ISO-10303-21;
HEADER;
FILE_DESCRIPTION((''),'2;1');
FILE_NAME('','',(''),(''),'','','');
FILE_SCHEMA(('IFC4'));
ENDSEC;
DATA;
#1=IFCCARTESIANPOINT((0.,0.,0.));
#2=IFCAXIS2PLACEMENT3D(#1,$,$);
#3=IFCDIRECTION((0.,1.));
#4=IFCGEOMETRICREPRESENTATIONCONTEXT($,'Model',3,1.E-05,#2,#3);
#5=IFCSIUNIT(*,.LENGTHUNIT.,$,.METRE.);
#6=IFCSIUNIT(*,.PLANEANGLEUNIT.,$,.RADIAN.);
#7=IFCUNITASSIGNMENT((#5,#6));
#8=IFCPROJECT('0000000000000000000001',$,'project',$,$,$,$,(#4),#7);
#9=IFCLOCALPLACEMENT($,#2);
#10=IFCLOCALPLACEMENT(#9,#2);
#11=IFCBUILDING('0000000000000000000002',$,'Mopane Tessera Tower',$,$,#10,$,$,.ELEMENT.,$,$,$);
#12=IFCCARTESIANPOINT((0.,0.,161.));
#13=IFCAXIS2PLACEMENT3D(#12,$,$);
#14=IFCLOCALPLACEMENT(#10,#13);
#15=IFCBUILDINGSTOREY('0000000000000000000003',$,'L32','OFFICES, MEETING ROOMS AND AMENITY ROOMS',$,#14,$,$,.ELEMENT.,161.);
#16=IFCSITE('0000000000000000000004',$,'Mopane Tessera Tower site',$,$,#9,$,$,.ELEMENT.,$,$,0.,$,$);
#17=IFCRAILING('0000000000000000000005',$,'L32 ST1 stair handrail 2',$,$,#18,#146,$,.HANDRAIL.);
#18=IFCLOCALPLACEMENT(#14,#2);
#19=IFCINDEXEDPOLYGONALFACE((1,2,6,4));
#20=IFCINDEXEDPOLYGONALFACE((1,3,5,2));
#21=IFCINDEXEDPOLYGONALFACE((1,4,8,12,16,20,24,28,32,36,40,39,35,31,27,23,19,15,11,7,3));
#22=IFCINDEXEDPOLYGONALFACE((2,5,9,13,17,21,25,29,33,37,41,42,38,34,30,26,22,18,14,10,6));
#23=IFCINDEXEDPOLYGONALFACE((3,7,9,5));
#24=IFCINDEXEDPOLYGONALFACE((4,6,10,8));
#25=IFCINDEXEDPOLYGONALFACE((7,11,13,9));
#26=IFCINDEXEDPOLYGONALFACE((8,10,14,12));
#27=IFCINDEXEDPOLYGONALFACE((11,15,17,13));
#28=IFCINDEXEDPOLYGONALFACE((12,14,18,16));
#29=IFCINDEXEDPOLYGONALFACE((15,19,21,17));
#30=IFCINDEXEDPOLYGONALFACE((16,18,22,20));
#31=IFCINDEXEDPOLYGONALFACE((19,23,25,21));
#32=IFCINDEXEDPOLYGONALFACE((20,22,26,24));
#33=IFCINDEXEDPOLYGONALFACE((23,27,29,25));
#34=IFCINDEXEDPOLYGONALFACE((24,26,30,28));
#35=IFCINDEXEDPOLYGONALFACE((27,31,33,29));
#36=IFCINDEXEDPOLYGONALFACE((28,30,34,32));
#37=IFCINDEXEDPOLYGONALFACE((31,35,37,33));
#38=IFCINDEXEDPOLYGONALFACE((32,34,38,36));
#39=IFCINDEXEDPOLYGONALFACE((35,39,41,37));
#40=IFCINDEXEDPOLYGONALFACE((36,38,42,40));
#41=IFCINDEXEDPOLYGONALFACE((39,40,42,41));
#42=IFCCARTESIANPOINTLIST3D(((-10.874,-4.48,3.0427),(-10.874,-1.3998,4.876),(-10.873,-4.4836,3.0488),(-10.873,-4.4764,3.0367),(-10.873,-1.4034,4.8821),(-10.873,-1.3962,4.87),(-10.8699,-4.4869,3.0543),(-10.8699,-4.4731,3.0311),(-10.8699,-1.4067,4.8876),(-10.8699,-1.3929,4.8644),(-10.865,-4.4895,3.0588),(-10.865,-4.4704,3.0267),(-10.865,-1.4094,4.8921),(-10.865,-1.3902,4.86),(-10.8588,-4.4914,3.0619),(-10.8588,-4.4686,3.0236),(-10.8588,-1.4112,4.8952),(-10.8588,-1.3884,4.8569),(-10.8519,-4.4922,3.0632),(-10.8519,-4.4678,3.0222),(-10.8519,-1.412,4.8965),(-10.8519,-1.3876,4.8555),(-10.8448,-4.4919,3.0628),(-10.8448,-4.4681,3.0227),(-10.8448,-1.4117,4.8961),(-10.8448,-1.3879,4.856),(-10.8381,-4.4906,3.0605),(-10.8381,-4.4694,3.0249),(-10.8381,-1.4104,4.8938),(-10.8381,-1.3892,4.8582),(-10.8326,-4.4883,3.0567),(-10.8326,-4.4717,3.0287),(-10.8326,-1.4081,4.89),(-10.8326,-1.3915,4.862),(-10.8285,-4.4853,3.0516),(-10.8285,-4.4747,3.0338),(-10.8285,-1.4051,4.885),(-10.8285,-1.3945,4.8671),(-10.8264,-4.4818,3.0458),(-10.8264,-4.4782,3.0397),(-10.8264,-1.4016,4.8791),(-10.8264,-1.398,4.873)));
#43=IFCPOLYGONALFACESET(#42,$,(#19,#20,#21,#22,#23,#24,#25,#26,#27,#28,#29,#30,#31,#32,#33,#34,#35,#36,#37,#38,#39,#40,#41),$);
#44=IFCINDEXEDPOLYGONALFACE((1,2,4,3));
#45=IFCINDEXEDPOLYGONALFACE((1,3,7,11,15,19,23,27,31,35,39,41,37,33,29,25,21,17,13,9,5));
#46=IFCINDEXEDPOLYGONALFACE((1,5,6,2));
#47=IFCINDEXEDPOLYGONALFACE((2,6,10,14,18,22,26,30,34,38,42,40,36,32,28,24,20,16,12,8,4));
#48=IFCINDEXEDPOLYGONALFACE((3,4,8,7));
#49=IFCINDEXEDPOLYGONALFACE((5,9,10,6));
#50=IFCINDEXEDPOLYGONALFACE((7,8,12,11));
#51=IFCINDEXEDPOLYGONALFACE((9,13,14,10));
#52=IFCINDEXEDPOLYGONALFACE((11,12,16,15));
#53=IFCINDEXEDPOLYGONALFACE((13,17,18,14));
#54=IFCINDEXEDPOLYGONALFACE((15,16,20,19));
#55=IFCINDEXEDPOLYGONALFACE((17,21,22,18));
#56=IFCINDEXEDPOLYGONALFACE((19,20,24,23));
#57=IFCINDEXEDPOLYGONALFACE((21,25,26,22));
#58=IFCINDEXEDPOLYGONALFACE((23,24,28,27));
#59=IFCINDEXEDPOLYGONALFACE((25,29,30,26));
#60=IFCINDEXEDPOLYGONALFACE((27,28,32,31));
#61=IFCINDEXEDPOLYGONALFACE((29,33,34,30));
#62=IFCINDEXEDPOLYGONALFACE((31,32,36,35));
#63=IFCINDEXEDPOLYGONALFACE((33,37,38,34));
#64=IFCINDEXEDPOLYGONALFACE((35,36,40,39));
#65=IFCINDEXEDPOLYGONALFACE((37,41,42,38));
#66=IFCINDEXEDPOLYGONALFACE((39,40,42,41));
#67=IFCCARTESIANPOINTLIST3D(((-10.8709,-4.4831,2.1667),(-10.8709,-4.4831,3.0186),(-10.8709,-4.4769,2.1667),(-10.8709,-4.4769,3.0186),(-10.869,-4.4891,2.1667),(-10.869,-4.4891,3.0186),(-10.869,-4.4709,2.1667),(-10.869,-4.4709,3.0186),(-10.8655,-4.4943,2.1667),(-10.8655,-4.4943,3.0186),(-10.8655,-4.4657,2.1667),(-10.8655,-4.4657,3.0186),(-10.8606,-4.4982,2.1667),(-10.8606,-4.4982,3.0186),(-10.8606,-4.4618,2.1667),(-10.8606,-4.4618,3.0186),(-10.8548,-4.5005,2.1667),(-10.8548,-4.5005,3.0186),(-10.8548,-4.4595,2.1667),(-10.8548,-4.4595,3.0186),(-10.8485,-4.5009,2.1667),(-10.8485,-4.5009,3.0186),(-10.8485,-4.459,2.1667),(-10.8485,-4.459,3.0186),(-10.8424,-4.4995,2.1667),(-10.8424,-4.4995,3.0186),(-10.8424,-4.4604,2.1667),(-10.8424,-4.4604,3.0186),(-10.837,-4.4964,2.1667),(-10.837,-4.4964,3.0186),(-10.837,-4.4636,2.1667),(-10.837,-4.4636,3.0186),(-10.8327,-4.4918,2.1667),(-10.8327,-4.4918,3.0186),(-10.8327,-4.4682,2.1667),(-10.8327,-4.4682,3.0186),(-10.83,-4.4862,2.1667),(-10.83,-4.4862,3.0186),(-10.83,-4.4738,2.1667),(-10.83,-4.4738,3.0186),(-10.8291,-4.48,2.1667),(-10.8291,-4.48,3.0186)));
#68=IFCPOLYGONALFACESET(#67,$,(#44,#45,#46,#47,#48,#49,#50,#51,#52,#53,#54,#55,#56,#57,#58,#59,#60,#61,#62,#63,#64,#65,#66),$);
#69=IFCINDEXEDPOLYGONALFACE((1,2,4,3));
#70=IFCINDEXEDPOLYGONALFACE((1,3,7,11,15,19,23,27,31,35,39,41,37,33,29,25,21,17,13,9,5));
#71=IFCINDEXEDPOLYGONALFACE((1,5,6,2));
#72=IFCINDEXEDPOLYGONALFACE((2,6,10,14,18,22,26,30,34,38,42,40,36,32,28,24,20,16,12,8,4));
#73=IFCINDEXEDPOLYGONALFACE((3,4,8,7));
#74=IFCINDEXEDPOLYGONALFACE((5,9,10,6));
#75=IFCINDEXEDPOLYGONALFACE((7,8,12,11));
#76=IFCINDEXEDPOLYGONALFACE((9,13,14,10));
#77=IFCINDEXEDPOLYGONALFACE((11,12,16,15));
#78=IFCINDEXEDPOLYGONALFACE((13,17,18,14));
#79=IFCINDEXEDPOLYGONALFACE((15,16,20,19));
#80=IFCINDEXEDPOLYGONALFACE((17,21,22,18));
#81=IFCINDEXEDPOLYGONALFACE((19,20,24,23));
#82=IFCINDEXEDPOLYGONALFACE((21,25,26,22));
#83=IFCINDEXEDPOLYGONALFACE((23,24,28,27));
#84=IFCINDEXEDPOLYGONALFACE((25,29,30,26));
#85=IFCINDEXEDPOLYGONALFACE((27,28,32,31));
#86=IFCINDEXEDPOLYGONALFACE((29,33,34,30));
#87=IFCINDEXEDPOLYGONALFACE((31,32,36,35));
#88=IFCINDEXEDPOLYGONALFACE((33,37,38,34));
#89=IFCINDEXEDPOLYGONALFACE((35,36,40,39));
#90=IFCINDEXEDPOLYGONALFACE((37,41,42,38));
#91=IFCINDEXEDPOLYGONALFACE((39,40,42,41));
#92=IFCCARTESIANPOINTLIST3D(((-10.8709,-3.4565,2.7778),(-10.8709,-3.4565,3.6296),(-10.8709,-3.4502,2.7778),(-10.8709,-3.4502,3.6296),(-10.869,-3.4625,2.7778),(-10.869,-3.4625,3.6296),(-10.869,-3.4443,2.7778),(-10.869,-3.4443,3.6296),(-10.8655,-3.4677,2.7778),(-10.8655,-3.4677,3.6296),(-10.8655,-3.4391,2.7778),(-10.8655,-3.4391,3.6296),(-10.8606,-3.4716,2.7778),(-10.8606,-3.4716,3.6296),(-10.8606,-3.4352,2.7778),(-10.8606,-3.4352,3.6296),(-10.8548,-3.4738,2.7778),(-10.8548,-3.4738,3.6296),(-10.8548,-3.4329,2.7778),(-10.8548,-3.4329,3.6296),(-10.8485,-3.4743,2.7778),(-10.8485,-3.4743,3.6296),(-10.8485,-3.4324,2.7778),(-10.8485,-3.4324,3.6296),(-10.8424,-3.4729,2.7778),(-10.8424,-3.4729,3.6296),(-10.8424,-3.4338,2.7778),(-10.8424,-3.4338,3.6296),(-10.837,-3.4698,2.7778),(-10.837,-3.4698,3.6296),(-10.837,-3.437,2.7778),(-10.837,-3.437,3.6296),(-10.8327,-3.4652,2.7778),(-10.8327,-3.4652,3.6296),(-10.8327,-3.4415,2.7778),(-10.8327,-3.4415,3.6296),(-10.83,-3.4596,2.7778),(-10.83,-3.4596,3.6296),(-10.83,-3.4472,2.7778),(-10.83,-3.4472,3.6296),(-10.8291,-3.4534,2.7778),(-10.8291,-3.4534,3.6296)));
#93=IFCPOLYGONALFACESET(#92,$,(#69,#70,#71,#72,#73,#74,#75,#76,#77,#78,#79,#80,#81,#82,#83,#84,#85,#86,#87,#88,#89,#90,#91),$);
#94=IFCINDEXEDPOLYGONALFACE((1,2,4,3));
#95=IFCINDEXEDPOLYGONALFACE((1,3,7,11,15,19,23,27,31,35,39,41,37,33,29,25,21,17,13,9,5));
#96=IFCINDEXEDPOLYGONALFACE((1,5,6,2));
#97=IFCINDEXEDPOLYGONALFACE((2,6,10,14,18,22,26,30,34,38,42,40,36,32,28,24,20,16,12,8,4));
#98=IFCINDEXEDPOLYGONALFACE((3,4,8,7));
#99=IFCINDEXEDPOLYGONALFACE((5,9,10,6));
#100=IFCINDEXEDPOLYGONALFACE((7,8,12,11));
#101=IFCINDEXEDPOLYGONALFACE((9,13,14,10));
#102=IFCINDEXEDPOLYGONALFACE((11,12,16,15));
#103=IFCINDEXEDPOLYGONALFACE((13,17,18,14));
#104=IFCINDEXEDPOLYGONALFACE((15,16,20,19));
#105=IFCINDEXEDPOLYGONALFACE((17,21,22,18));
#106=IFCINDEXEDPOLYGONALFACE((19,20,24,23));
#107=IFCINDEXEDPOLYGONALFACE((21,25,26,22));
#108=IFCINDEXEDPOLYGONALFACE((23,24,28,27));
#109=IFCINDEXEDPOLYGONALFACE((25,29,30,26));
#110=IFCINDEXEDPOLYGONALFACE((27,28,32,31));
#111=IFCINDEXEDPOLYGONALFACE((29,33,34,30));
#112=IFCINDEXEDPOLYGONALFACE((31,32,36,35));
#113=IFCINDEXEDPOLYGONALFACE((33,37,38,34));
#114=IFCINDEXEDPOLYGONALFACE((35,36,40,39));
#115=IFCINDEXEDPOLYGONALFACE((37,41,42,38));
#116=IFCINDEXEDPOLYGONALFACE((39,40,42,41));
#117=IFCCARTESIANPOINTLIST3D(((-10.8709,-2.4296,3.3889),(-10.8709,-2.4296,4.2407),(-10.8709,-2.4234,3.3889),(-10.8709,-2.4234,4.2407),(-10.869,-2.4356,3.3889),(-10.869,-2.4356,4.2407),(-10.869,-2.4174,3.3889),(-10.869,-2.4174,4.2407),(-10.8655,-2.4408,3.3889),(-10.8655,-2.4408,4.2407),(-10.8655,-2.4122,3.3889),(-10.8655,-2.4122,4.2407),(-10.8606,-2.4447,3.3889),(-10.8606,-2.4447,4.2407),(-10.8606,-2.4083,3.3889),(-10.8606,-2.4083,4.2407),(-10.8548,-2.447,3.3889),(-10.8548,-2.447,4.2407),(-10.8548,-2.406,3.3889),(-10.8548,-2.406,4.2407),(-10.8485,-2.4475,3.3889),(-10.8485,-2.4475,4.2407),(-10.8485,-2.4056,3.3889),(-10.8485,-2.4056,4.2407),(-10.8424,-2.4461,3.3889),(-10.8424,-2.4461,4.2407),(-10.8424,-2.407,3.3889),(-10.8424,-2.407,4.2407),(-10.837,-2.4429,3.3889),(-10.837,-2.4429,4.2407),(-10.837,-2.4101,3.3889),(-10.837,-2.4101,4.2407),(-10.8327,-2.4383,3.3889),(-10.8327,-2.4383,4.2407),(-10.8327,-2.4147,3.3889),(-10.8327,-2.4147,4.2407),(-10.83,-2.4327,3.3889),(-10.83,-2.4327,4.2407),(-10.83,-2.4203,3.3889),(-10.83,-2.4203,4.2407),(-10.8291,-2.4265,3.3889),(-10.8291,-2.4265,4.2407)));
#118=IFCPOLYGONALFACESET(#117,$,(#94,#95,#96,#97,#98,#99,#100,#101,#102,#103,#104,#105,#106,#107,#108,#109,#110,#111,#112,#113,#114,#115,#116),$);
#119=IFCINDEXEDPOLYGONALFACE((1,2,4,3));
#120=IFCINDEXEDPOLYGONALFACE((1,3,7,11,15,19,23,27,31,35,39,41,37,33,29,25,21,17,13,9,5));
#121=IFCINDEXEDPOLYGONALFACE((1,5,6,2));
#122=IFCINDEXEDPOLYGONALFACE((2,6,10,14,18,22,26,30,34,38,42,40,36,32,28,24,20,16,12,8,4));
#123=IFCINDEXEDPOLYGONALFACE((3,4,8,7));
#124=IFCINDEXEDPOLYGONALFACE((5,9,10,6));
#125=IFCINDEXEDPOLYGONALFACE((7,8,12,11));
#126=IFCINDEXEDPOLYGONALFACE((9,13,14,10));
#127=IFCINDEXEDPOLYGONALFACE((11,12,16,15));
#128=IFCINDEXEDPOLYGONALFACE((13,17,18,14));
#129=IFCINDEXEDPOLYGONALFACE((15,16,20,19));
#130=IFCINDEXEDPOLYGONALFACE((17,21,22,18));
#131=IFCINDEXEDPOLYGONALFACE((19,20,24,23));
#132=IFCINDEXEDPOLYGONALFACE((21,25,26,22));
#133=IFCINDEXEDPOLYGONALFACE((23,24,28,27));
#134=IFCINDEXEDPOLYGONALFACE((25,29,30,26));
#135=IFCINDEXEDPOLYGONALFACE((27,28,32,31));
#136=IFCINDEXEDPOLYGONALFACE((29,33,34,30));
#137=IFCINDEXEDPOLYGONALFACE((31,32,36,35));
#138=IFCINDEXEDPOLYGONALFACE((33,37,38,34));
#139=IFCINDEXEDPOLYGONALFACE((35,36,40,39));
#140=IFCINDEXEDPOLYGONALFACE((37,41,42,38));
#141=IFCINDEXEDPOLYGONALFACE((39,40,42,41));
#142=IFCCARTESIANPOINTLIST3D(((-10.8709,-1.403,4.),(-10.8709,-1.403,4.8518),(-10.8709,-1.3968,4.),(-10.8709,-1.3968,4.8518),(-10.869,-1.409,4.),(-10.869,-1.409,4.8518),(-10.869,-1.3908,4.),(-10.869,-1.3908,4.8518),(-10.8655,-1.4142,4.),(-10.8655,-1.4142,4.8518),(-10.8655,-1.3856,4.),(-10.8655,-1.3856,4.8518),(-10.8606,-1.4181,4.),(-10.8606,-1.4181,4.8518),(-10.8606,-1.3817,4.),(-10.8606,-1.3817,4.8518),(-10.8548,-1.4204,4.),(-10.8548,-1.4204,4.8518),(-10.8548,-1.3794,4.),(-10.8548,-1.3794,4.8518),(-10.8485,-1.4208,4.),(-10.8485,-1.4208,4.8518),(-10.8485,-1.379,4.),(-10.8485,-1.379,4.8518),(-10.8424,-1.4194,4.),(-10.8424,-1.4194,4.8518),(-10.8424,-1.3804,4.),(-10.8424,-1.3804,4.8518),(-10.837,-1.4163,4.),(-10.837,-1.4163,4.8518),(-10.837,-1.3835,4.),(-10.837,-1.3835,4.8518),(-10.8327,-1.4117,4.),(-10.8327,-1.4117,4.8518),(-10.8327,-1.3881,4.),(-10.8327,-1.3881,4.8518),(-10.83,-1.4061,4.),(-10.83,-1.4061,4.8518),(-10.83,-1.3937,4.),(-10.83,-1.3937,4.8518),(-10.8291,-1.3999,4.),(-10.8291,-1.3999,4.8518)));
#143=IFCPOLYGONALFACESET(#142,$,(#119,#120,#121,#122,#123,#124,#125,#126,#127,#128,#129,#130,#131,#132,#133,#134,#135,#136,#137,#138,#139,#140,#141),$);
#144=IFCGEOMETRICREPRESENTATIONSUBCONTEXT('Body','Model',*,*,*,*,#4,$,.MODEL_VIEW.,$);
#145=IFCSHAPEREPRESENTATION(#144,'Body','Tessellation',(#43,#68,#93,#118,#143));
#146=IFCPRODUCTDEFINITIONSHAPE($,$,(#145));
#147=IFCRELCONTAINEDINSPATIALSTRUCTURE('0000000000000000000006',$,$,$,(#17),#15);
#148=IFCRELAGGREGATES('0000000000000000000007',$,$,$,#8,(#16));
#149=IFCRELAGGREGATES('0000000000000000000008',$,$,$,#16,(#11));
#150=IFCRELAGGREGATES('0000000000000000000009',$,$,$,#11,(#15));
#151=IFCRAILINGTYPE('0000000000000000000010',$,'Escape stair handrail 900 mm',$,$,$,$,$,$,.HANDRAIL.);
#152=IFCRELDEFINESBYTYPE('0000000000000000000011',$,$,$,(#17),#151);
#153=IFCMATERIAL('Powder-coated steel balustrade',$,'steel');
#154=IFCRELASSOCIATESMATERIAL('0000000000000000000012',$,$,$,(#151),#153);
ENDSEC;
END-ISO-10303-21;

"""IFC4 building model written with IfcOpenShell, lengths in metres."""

from ifc_helpers import new_model, si_unit, direction, frame, origin, origin_2d, place, context, subcontext, project, spatial, circle, extrude, material, type_object, element, save


model = new_model("IFC4")

# Units and contexts
model_context = context("Model", 3, precision=1e-05, world=origin(), true_north=direction((0.0, 1.0)))
body_context = subcontext(model_context, "Body", "Model", "MODEL_VIEW")
ifc_project = project(units=[si_unit("LENGTHUNIT", "METRE"), si_unit("PLANEANGLEUNIT", "RADIAN")], contexts=[model_context])

# Site, building, storey
site_placement = place(None, origin())
site = spatial("IfcSite", under=ifc_project, at=site_placement, Name="Mopane Tessera Tower site", CompositionType="ELEMENT", RefElevation=0.0)
building_placement = place(site_placement, origin())
building = spatial("IfcBuilding", under=site, at=building_placement, Name="Mopane Tessera Tower", CompositionType="ELEMENT")
storey_placement = place(building_placement, frame((0.0, 0.0, 161.0)))
storey = spatial("IfcBuildingStorey", under=building, at=storey_placement, Name="L32", Description="OFFICES, MEETING ROOMS AND AMENITY ROOMS", CompositionType="ELEMENT", Elevation=161.0)

# Railing
ifc_material_1 = material(Name="Powder-coated steel balustrade", Category="steel")
railing_type_1 = type_object("IfcRailingType", Name="Escape stair handrail 900 mm", PredefinedType="HANDRAIL", material=ifc_material_1)
railing_1_placement = place(storey_placement, frame((-10.8501, -4.48, 2.1667)))
element("IfcRailing", 1, at=railing_1_placement, inside=storey, type_object=railing_type_1, Name="L32 ST1 stair handrail 2", PredefinedType="HANDRAIL", context=body_context, shape_type="SweptSolid", body=[
    extrude(circle(Radius=0.0239, at=origin_2d()), frame((0.0, 0.0, 0.876), z_axis=(0.0, 0.859309, 0.511458), x_axis=(-1.0, 0.0, 0.0)), (0.0, 0.0, 1.0), 3.5845),
    extrude(circle(Radius=0.021, at=origin_2d()), origin(), (0.0, 0.0, 1.0), 0.8518),
    extrude(circle(Radius=0.021, at=origin_2d()), frame((0.0, 1.0266, 0.6111)), (0.0, 0.0, 1.0), 0.8518),
    extrude(circle(Radius=0.021, at=origin_2d()), frame((0.0, 2.0535, 1.2222)), (0.0, 0.0, 1.0), 0.8518),
    extrude(circle(Radius=0.021, at=origin_2d()), frame((0.0, 3.0801, 1.8333)), (0.0, 0.0, 1.0), 0.8518),
])

save(model, "model.ifc")
